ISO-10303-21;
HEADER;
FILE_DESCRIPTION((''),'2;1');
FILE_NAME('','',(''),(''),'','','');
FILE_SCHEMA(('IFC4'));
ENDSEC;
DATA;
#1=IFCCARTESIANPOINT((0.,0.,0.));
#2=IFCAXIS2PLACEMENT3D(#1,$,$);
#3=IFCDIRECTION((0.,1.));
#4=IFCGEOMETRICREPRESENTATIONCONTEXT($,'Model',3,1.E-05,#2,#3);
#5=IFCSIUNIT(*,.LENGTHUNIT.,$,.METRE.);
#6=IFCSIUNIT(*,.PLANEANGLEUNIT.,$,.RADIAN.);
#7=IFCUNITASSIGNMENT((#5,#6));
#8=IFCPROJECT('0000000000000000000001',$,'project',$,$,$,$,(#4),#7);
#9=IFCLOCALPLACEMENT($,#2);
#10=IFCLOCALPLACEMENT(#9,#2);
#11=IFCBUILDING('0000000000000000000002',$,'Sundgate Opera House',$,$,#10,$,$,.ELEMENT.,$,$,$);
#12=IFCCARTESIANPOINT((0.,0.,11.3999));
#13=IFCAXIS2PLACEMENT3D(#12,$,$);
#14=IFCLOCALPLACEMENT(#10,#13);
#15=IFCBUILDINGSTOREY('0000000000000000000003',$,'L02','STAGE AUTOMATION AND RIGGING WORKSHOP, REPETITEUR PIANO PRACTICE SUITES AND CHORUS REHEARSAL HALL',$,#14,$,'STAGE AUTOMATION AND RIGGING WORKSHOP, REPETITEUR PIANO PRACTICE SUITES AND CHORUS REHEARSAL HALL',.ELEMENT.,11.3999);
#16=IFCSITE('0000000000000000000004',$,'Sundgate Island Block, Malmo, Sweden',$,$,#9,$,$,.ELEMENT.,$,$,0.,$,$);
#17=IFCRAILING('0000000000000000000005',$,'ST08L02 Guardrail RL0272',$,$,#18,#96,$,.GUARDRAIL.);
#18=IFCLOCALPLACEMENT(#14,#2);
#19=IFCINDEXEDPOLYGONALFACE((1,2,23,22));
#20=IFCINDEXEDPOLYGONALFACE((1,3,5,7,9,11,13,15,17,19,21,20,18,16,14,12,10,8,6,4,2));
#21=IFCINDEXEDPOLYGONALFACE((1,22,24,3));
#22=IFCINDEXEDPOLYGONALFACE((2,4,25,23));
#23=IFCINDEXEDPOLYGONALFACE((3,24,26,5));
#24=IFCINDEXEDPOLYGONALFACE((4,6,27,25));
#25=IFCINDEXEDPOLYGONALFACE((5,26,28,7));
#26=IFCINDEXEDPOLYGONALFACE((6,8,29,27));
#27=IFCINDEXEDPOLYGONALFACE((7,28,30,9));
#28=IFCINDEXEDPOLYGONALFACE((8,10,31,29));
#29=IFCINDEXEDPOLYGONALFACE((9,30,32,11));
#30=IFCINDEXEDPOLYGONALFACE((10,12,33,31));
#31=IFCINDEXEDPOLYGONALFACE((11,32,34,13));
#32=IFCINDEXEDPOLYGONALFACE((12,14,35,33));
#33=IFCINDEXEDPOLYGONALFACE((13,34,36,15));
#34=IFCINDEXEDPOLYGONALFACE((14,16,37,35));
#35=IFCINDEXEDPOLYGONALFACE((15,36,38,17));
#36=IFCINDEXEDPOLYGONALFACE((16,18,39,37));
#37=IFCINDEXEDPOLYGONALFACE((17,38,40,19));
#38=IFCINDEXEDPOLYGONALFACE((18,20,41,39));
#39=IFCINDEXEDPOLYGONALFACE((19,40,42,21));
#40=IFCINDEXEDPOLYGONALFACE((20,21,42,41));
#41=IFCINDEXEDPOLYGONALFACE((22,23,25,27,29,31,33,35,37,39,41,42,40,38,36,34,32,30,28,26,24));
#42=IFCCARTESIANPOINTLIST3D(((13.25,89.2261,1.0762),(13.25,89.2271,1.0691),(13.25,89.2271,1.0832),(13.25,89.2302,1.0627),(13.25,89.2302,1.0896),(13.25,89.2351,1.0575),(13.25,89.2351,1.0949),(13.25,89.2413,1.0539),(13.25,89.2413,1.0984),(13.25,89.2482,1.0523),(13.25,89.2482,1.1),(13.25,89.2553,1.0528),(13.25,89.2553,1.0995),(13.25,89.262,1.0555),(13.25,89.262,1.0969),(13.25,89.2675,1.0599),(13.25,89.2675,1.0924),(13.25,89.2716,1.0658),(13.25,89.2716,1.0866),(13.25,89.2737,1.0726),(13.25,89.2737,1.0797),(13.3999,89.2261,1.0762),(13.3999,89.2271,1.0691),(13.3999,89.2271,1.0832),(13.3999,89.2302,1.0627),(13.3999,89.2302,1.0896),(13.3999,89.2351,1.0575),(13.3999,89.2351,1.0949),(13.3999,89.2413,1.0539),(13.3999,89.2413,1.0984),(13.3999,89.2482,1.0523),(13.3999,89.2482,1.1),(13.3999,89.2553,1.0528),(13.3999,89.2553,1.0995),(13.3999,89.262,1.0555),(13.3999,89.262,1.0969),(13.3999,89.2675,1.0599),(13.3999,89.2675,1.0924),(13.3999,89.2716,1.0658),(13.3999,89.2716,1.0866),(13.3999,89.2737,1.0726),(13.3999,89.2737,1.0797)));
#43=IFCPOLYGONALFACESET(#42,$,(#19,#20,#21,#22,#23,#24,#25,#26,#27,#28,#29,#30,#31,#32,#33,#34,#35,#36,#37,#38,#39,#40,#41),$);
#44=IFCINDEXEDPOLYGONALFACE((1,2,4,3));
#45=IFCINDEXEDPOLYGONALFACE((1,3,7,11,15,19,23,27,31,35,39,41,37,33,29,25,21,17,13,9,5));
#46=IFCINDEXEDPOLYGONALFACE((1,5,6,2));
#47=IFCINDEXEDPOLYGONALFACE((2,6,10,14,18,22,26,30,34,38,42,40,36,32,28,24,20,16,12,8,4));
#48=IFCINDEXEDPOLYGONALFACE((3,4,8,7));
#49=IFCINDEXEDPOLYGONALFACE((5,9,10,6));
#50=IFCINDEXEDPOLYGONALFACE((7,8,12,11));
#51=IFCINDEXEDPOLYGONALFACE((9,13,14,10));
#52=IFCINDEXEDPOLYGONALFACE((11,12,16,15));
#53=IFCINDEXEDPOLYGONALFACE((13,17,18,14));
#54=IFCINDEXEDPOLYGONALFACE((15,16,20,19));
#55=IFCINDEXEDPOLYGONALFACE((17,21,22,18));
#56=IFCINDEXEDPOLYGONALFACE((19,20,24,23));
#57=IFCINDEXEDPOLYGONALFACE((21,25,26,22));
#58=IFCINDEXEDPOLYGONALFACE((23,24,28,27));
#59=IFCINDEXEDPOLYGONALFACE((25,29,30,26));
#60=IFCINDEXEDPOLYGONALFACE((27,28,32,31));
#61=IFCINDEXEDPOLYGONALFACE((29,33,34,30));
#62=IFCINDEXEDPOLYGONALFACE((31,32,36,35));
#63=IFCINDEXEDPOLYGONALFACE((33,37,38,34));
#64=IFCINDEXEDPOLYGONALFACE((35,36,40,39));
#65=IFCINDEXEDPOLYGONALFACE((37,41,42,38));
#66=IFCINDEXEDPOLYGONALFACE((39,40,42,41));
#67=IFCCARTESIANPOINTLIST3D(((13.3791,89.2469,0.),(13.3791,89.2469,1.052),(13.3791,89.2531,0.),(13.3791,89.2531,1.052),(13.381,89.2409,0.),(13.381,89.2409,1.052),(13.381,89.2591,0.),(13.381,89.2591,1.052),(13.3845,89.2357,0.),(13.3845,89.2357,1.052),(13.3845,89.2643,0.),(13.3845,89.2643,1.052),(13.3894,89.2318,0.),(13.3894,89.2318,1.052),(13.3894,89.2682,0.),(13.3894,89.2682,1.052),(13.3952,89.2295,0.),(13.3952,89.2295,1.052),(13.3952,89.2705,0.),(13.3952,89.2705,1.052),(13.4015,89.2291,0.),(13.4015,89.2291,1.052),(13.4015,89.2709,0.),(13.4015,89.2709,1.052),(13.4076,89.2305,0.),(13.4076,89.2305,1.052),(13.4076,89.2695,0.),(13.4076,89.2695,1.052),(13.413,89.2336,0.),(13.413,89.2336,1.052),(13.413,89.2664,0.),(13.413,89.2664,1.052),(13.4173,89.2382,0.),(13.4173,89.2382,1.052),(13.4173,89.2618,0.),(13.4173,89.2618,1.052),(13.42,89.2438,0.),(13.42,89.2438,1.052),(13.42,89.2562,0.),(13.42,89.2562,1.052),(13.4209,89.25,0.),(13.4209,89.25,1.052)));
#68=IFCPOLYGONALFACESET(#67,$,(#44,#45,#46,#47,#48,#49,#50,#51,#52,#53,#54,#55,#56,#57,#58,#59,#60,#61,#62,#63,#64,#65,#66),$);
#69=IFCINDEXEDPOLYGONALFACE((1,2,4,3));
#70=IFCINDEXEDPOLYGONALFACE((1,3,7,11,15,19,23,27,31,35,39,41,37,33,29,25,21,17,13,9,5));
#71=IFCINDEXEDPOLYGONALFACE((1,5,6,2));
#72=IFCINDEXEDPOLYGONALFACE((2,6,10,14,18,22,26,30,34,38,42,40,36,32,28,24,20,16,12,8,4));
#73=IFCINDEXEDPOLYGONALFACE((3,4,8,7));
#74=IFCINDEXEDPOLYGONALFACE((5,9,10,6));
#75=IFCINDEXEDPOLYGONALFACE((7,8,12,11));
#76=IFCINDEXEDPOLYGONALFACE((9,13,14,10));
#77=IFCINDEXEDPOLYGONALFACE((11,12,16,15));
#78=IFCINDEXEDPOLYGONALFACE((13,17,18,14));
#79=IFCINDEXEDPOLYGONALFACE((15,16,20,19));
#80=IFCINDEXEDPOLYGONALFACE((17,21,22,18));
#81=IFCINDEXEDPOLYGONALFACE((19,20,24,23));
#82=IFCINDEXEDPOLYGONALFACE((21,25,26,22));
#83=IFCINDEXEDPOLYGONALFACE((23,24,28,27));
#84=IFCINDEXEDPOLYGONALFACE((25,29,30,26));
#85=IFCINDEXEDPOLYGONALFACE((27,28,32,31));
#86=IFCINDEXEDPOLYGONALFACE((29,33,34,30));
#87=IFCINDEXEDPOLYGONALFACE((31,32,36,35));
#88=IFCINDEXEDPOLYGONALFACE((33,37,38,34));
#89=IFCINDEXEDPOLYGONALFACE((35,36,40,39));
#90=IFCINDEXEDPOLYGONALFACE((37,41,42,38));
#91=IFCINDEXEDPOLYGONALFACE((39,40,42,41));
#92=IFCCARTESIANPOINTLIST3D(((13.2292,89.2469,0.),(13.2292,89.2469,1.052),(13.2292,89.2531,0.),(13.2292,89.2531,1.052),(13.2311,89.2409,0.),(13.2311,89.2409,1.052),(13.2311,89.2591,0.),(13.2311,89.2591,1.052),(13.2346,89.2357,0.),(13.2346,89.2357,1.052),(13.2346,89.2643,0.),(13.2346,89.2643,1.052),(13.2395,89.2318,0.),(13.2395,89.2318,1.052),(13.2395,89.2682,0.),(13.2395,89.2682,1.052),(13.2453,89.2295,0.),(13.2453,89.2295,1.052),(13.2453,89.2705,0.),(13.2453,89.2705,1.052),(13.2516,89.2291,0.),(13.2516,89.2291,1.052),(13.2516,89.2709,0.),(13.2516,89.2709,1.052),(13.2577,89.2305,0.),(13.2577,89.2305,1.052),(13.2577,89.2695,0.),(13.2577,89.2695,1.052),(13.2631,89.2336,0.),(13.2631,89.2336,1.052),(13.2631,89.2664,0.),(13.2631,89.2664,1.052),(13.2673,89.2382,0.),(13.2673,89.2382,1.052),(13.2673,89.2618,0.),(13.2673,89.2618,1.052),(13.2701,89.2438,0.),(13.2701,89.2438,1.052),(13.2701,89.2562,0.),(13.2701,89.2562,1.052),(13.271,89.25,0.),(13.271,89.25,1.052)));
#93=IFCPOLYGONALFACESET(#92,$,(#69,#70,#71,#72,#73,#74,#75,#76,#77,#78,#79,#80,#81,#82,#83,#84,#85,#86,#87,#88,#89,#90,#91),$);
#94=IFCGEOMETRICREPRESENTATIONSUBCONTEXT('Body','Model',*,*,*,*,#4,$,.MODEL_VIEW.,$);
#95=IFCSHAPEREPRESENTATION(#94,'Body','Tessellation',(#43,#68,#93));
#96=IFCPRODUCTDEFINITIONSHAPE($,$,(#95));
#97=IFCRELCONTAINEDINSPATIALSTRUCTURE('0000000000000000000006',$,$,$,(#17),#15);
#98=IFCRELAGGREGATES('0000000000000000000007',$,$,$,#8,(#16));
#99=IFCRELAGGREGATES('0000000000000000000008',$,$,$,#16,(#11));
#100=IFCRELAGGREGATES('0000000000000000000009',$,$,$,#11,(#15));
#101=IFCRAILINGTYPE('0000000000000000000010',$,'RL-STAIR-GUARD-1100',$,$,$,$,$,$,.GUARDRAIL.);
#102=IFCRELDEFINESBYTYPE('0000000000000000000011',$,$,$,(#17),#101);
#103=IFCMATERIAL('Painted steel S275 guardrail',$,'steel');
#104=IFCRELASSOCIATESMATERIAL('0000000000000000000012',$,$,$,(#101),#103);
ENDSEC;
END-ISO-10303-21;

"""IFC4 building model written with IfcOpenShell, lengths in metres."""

from ifc_helpers import new_model, si_unit, direction, frame, origin, origin_2d, place, context, subcontext, project, spatial, circle, extrude, material, type_object, element, save


model = new_model("IFC4")

# Units and contexts
model_context = context("Model", 3, precision=1e-05, world=origin(), true_north=direction((0.0, 1.0)))
body_context = subcontext(model_context, "Body", "Model", "MODEL_VIEW")
ifc_project = project(units=[si_unit("LENGTHUNIT", "METRE"), si_unit("PLANEANGLEUNIT", "RADIAN")], contexts=[model_context])

# Site, building, storey
site_placement = place(None, origin())
site = spatial("IfcSite", under=ifc_project, at=site_placement, Name="Sundgate Island Block, Malmo, Sweden", CompositionType="ELEMENT", RefElevation=0.0)
building_placement = place(site_placement, origin())
building = spatial("IfcBuilding", under=site, at=building_placement, Name="Sundgate Opera House", CompositionType="ELEMENT")
storey_placement = place(building_placement, frame((0.0, 0.0, 11.3999)))
storey = spatial("IfcBuildingStorey", under=building, at=storey_placement, Name="L02", Description="STAGE AUTOMATION AND RIGGING WORKSHOP, REPETITEUR PIANO PRACTICE SUITES AND CHORUS REHEARSAL HALL", LongName="STAGE AUTOMATION AND RIGGING WORKSHOP, REPETITEUR PIANO PRACTICE SUITES AND CHORUS REHEARSAL HALL", CompositionType="ELEMENT", Elevation=11.3999)

# Railing
ifc_material_1 = material(Name="Painted steel S275 guardrail", Category="steel")
railing_type_1 = type_object("IfcRailingType", Name="RL-STAIR-GUARD-1100", PredefinedType="GUARDRAIL", material=ifc_material_1)
railing_1_placement = place(storey_placement, frame((13.3999, 89.25, 0.0)))
element("IfcRailing", 1, at=railing_1_placement, inside=storey, type_object=railing_type_1, Name="ST08L02 Guardrail RL0272", PredefinedType="GUARDRAIL", context=body_context, shape_type="SweptSolid", body=[
    extrude(circle(Radius=0.0239, at=origin_2d()), frame((0.0, 0.0, 1.0762), z_axis=(-1.0, 0.0, 0.0), x_axis=(0.0, -1.0, 0.0)), (0.0, 0.0, 1.0), 0.1499),
    extrude(circle(Radius=0.021, at=origin_2d()), origin(), (0.0, 0.0, 1.0), 1.052),
    extrude(circle(Radius=0.021, at=origin_2d()), frame((-0.1499, 0.0, 0.0)), (0.0, 0.0, 1.0), 1.052),
])

save(model, "model.ifc")
